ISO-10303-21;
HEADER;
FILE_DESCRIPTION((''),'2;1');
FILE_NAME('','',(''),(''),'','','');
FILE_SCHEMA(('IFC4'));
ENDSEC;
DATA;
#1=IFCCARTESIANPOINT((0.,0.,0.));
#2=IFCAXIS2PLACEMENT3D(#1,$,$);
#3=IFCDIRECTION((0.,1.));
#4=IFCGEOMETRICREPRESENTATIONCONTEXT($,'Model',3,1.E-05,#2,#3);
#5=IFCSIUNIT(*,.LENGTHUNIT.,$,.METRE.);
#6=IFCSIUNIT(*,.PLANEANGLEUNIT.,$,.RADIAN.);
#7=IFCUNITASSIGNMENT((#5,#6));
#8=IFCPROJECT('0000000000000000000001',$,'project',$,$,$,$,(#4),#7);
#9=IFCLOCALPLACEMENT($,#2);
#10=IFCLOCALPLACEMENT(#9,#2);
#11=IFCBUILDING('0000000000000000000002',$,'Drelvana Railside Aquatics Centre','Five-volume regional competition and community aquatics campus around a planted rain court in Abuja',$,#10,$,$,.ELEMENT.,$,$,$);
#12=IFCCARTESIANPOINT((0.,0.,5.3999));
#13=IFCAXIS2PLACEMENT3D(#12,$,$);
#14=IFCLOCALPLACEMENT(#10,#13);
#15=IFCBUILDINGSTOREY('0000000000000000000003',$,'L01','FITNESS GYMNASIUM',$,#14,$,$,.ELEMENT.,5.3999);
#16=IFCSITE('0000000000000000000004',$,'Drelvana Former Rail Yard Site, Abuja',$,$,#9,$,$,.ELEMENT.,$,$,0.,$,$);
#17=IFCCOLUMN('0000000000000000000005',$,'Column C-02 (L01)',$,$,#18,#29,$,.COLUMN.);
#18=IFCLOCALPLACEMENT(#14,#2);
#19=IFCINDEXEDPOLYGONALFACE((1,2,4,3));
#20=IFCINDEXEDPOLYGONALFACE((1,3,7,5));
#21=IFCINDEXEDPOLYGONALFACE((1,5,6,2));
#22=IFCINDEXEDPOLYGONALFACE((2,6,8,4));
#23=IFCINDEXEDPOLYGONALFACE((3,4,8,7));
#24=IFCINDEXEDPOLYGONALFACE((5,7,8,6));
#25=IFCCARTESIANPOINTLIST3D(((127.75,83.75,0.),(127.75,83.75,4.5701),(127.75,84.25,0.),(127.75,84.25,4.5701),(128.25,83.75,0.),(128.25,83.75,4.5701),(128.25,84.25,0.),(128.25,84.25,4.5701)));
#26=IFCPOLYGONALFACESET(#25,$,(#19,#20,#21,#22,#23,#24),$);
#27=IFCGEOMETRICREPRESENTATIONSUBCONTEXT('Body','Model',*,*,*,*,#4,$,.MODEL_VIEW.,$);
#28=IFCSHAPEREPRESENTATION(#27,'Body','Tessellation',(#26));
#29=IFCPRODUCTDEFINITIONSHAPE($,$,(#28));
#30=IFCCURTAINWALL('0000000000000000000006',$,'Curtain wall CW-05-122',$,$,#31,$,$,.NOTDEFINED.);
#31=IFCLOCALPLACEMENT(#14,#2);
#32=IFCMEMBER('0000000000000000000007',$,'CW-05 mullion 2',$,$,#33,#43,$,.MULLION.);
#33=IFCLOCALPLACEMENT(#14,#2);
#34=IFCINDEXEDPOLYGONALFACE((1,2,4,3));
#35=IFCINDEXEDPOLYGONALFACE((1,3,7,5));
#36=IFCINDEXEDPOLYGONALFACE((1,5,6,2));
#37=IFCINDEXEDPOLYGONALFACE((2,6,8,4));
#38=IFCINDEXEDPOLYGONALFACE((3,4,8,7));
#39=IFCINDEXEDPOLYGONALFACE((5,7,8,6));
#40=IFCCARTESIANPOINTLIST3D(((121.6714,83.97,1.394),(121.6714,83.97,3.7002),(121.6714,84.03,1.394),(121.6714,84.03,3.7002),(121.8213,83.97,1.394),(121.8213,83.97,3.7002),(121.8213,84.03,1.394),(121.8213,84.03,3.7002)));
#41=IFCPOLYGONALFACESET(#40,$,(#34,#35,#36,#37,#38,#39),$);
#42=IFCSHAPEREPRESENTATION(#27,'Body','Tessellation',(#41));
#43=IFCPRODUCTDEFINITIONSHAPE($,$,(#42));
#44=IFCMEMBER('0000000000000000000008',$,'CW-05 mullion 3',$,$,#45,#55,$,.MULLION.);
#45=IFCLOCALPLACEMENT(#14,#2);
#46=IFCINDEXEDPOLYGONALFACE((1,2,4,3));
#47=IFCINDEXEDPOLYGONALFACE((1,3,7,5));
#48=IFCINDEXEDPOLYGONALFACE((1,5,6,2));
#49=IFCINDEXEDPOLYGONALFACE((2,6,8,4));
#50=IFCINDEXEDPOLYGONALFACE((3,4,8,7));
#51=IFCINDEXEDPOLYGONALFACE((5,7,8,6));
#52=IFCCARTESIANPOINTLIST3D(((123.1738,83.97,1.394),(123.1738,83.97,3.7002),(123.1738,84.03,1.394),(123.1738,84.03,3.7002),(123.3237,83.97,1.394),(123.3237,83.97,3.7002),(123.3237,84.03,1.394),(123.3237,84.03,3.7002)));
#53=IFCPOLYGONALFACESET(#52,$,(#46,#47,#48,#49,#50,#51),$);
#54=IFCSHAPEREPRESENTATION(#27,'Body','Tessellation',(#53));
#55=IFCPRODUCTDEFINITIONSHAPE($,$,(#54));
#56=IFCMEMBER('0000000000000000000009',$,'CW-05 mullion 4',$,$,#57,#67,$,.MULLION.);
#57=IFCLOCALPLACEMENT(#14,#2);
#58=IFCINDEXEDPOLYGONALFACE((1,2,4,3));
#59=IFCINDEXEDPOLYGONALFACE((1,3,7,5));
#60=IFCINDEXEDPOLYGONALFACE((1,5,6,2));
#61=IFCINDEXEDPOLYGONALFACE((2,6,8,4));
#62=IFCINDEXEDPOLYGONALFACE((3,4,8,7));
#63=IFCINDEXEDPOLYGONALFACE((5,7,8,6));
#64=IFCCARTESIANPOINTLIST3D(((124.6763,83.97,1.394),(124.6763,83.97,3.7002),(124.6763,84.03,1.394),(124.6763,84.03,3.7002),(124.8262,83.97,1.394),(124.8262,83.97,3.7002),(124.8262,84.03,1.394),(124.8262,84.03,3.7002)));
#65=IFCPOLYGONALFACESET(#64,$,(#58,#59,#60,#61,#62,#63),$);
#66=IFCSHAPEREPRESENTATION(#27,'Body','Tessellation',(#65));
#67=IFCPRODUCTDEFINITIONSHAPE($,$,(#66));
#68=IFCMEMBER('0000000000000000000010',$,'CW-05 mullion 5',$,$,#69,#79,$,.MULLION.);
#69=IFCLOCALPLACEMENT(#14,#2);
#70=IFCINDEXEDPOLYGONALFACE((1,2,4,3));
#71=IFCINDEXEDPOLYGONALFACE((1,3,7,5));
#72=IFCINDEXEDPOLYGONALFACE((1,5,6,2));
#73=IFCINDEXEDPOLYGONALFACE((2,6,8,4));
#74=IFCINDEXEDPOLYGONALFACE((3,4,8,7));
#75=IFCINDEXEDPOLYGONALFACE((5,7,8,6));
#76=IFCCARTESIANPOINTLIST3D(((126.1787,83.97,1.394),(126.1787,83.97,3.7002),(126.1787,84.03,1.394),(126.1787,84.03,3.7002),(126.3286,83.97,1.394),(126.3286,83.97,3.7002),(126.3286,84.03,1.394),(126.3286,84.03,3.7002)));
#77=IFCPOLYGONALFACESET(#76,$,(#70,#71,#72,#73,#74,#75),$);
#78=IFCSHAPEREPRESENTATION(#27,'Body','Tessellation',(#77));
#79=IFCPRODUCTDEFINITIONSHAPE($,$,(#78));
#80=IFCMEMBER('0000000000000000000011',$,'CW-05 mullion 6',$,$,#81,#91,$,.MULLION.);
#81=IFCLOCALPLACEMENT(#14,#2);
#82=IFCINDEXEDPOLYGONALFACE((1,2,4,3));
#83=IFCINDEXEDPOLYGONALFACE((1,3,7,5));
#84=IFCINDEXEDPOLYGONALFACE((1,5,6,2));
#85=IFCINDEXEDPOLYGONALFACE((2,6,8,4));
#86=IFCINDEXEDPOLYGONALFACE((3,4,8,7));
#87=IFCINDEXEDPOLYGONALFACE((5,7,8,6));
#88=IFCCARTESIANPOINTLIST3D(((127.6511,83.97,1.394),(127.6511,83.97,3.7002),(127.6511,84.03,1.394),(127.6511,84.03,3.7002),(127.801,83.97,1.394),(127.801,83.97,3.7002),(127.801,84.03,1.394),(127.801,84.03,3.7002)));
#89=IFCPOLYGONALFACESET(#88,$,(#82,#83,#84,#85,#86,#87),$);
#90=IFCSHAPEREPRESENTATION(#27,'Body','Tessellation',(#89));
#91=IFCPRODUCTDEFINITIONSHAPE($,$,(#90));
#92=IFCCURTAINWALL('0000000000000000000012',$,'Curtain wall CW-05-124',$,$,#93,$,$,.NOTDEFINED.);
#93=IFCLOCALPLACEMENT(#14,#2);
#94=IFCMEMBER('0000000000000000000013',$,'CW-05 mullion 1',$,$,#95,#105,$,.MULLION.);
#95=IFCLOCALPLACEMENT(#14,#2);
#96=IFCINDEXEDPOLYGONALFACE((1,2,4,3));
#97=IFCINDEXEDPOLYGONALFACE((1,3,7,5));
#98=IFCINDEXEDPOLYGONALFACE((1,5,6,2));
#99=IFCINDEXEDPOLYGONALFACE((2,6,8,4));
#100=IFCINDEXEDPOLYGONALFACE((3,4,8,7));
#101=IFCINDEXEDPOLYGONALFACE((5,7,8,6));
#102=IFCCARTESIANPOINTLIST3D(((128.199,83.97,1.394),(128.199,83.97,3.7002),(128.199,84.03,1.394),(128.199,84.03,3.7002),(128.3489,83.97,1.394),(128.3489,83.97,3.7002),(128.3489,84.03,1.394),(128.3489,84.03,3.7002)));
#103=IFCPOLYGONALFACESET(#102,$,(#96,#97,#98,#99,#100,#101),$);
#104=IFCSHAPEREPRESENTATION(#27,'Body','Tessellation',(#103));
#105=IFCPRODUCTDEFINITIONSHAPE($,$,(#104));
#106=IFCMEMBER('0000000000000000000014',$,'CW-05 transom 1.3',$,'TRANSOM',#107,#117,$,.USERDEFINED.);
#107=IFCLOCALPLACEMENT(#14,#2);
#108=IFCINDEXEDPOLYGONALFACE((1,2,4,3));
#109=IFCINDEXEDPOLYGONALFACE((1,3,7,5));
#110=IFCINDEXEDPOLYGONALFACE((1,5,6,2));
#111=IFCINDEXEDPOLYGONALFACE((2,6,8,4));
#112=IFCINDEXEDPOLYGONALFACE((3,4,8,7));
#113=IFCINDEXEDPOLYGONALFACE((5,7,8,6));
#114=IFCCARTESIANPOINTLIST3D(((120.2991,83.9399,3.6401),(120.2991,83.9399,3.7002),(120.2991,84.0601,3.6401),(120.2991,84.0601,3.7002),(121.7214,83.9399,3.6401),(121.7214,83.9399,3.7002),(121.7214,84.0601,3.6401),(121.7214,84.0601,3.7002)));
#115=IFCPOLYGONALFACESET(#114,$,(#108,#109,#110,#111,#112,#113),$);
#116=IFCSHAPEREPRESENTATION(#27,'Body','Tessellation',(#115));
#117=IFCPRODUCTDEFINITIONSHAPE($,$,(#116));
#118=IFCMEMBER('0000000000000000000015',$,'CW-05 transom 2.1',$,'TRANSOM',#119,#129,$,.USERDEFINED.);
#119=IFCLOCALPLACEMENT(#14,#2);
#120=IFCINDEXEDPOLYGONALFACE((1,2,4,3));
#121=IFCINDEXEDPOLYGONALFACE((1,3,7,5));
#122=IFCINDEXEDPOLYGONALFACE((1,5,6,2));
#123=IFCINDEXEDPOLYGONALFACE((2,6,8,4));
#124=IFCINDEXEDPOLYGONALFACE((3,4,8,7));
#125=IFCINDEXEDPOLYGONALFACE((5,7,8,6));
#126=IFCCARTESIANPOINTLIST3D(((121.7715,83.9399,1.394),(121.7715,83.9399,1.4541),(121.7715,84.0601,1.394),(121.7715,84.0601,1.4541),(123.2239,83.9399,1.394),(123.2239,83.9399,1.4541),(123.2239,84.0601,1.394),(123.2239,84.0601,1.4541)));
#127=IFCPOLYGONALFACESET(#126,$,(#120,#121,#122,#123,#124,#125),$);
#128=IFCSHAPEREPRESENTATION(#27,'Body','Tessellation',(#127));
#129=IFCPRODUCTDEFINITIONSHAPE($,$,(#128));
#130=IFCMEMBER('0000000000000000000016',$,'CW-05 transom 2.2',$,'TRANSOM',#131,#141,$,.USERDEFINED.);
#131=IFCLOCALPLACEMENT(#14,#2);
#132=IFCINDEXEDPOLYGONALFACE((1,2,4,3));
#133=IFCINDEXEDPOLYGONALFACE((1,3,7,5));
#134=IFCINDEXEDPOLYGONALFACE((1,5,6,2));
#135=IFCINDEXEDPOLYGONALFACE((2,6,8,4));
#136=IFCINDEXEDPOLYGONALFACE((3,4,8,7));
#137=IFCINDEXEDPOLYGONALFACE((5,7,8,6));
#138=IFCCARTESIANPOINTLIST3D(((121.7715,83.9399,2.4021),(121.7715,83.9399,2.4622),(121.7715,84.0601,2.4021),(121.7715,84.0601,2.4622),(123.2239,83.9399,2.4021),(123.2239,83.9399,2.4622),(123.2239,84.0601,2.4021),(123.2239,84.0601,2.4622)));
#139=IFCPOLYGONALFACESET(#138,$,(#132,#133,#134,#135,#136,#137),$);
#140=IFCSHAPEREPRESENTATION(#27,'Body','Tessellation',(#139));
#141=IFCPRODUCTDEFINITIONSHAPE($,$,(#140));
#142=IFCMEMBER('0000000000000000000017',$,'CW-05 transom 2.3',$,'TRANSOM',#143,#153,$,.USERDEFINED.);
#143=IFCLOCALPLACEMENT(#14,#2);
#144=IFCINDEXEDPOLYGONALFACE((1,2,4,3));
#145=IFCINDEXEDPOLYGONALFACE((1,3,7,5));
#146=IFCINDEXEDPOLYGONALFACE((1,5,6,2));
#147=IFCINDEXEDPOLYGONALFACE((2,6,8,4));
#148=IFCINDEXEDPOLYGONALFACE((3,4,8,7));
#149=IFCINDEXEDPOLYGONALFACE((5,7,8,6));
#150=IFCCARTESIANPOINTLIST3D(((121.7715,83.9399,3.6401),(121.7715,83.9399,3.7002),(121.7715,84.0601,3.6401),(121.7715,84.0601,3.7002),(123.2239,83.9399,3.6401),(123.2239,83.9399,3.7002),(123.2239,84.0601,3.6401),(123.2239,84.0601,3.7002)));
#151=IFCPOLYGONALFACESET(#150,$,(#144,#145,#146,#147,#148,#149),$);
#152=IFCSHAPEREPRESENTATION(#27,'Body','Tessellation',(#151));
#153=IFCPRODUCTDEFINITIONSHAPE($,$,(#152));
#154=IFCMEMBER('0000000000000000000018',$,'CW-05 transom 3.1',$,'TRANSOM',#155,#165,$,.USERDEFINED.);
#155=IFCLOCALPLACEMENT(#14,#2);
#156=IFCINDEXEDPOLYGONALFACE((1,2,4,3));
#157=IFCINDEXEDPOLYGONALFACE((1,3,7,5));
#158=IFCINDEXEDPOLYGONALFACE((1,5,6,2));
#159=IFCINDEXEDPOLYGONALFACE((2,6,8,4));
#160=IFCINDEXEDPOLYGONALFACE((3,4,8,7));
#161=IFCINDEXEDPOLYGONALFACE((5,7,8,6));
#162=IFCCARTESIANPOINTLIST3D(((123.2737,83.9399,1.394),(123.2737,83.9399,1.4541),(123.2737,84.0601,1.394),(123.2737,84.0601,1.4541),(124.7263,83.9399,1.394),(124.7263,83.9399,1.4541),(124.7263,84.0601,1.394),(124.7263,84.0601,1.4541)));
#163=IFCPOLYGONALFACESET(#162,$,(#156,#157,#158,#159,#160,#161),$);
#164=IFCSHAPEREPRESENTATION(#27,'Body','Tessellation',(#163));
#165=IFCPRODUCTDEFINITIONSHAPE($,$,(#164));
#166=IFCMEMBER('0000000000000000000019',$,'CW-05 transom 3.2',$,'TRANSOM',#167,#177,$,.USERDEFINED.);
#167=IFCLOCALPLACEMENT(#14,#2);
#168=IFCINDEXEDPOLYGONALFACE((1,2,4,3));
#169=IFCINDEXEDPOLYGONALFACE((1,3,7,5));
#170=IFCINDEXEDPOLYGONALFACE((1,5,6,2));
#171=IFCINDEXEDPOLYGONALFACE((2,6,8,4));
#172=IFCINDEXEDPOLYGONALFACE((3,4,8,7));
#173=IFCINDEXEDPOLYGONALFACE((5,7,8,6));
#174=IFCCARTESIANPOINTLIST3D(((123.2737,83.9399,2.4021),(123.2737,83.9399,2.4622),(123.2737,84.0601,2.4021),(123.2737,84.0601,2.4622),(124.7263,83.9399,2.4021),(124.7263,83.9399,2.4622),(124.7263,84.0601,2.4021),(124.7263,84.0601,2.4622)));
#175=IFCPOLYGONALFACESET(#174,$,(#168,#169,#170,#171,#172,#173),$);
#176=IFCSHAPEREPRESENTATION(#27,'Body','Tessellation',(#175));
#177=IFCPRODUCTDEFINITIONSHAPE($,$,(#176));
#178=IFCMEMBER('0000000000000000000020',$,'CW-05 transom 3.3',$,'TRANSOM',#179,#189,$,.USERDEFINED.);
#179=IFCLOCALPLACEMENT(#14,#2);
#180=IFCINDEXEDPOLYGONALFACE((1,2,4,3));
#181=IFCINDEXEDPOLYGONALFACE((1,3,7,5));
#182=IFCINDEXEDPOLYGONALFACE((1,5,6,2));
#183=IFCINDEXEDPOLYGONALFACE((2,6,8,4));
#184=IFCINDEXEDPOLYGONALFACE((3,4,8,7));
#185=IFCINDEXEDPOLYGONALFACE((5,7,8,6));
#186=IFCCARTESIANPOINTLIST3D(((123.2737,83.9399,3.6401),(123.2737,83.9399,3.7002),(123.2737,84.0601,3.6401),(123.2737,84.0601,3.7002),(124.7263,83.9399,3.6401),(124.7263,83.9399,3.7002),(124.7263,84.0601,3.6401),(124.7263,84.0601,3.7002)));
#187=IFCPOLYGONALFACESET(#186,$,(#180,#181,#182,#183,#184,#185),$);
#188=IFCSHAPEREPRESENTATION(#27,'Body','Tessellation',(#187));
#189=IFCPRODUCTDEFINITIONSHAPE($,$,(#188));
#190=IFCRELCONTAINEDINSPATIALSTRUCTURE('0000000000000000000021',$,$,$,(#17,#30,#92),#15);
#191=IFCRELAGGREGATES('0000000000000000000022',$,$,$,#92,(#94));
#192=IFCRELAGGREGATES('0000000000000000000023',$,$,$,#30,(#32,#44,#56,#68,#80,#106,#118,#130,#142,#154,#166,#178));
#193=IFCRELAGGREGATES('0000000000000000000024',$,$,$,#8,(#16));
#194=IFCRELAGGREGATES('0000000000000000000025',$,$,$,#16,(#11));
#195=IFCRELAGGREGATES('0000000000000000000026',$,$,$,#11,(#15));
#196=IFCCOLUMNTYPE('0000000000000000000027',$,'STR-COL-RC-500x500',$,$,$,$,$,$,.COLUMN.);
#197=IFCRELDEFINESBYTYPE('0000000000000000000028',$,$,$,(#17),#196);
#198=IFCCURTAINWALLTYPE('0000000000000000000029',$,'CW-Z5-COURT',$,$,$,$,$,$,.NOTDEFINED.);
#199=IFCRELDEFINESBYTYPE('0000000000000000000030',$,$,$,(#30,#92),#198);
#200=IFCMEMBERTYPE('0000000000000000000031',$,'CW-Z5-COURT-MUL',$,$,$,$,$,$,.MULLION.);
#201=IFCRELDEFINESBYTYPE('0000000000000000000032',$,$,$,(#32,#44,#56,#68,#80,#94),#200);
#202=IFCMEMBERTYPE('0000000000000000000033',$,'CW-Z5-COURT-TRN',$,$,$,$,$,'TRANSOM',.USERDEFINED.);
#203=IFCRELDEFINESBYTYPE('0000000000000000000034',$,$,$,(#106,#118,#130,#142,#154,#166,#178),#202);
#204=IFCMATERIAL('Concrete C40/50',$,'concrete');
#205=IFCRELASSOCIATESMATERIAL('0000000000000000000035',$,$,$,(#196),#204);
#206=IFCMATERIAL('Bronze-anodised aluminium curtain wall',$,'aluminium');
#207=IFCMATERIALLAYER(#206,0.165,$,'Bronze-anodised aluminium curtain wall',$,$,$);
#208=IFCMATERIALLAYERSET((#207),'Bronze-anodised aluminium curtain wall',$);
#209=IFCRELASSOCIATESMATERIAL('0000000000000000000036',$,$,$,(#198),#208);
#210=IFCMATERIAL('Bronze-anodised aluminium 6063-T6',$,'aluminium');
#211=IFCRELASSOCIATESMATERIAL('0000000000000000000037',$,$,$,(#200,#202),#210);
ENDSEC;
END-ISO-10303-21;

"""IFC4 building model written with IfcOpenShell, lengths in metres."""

from ifc_helpers import new_model, si_unit, direction, frame, origin, origin_2d, place, context, subcontext, project, spatial, rectangle, extrude, material, layer, layer_set, material_profile, profile_set, type_object, element, aggregate, save


model = new_model("IFC4")

# Units and contexts
model_context = context("Model", 3, precision=1e-05, world=origin(), true_north=direction((0.0, 1.0)))
body_context = subcontext(model_context, "Body", "Model", "MODEL_VIEW")
ifc_project = project(units=[si_unit("LENGTHUNIT", "METRE"), si_unit("PLANEANGLEUNIT", "RADIAN")], contexts=[model_context])

# Site, building, storey
site_placement = place(None, origin())
site = spatial("IfcSite", under=ifc_project, at=site_placement, Name="Drelvana Former Rail Yard Site, Abuja", CompositionType="ELEMENT", RefElevation=0.0)
building_placement = place(site_placement, origin())
building = spatial("IfcBuilding", under=site, at=building_placement, Name="Drelvana Railside Aquatics Centre", Description="Five-volume regional competition and community aquatics campus around a planted rain court in Abuja", CompositionType="ELEMENT")
storey_placement = place(building_placement, frame((0.0, 0.0, 5.3999)))
storey = spatial("IfcBuildingStorey", under=building, at=storey_placement, Name="L01", Description="FITNESS GYMNASIUM", CompositionType="ELEMENT", Elevation=5.3999)

# Column
ifc_material_1 = material(Name="Concrete C40/50", Category="concrete")
ifc_material_profile_1 = material_profile(ifc_material_1, rectangle(XDim=0.5, YDim=0.5, at=origin_2d()), Name="RC 500x500")
ifc_profile_set_1 = profile_set([ifc_material_profile_1], Name="Concrete C40/50")
column_type = type_object("IfcColumnType", Name="STR-COL-RC-500x500", PredefinedType="COLUMN", material=ifc_profile_set_1)
column_placement = place(storey_placement, frame((128.0, 84.0, 0.0), z_axis=(0.0, 0.0, 1.0), x_axis=(1.0, 0.0, 0.0)))
element("IfcColumn", 1, at=column_placement, inside=storey, type_object=column_type, Name="Column C-02 (L01)", PredefinedType="COLUMN", context=body_context, shape_type="SweptSolid", body=[
    extrude(rectangle(XDim=0.5, YDim=0.5, at=origin_2d()), origin(), (0.0, 0.0, 1.0), 4.5701),
])

# Curtain wall, members
ifc_material_2 = material(Name="Bronze-anodised aluminium curtain wall", Category="aluminium")
ifc_layer_1 = layer(ifc_material_2, 0.165, Name="Bronze-anodised aluminium curtain wall")
ifc_layer_set_1 = layer_set([ifc_layer_1], Name="Bronze-anodised aluminium curtain wall")
curtain_wall_type = type_object("IfcCurtainWallType", Name="CW-Z5-COURT", PredefinedType="NOTDEFINED", material=ifc_layer_set_1)
curtain_wall_1_placement = place(storey_placement, origin())
curtain_wall_1 = element("IfcCurtainWall", 2, at=curtain_wall_1_placement, inside=storey, type_object=curtain_wall_type, Name="Curtain wall CW-05-122", PredefinedType="NOTDEFINED")
ifc_material_3 = material(Name="Bronze-anodised aluminium 6063-T6", Category="aluminium")
ifc_material_profile_2 = material_profile(ifc_material_3, rectangle(XDim=0.0601, YDim=0.1499, at=origin_2d()), Name="ALU-M 60x150")
ifc_profile_set_2 = profile_set([ifc_material_profile_2], Name="Bronze-anodised aluminium 6063-T6")
member_type_1 = type_object("IfcMemberType", Name="CW-Z5-COURT-MUL", PredefinedType="MULLION", material=ifc_profile_set_2)
member_1_placement = place(storey_placement, frame((121.7463, 84.0, 1.394), z_axis=(0.0, 0.0, 1.0), x_axis=(0.0, 1.0, 0.0)))
member_1 = element("IfcMember", 3, at=member_1_placement, type_object=member_type_1, Name="CW-05 mullion 2", PredefinedType="MULLION", context=body_context, shape_type="SweptSolid", body=[
    extrude(rectangle(XDim=0.0601, YDim=0.1499, at=origin_2d()), origin(), (0.0, 0.0, 1.0), 2.3062),
])
member_2_placement = place(storey_placement, frame((123.2488, 84.0, 1.394), z_axis=(0.0, 0.0, 1.0), x_axis=(0.0, 1.0, 0.0)))
member_2 = element("IfcMember", 4, at=member_2_placement, type_object=member_type_1, Name="CW-05 mullion 3", PredefinedType="MULLION", context=body_context, shape_type="SweptSolid", body=[
    extrude(rectangle(XDim=0.0601, YDim=0.1499, at=origin_2d()), origin(), (0.0, 0.0, 1.0), 2.3062),
])
member_3_placement = place(storey_placement, frame((124.7512, 84.0, 1.394), z_axis=(0.0, 0.0, 1.0), x_axis=(0.0, 1.0, 0.0)))
member_3 = element("IfcMember", 5, at=member_3_placement, type_object=member_type_1, Name="CW-05 mullion 4", PredefinedType="MULLION", context=body_context, shape_type="SweptSolid", body=[
    extrude(rectangle(XDim=0.0601, YDim=0.1499, at=origin_2d()), origin(), (0.0, 0.0, 1.0), 2.3062),
])
member_4_placement = place(storey_placement, frame((126.2537, 84.0, 1.394), z_axis=(0.0, 0.0, 1.0), x_axis=(0.0, 1.0, 0.0)))
member_4 = element("IfcMember", 6, at=member_4_placement, type_object=member_type_1, Name="CW-05 mullion 5", PredefinedType="MULLION", context=body_context, shape_type="SweptSolid", body=[
    extrude(rectangle(XDim=0.0601, YDim=0.1499, at=origin_2d()), origin(), (0.0, 0.0, 1.0), 2.3062),
])
member_5_placement = place(storey_placement, frame((127.7261, 84.0, 1.394), z_axis=(0.0, 0.0, 1.0), x_axis=(0.0, 1.0, 0.0)))
member_5 = element("IfcMember", 7, at=member_5_placement, type_object=member_type_1, Name="CW-05 mullion 6", PredefinedType="MULLION", context=body_context, shape_type="SweptSolid", body=[
    extrude(rectangle(XDim=0.0601, YDim=0.1499, at=origin_2d()), origin(), (0.0, 0.0, 1.0), 2.3062),
])

# Curtain wall, member
curtain_wall_2_placement = place(storey_placement, origin())
curtain_wall_2 = element("IfcCurtainWall", 8, at=curtain_wall_2_placement, inside=storey, type_object=curtain_wall_type, Name="Curtain wall CW-05-124", PredefinedType="NOTDEFINED")
member_6_placement = place(storey_placement, frame((128.2739, 84.0, 1.394), z_axis=(0.0, 0.0, 1.0), x_axis=(0.0, 1.0, 0.0)))
member_6 = element("IfcMember", 9, at=member_6_placement, type_object=member_type_1, Name="CW-05 mullion 1", PredefinedType="MULLION", context=body_context, shape_type="SweptSolid", body=[
    extrude(rectangle(XDim=0.0601, YDim=0.1499, at=origin_2d()), origin(), (0.0, 0.0, 1.0), 2.3062),
])

# Members
ifc_material_profile_3 = material_profile(ifc_material_3, rectangle(XDim=0.1201, YDim=0.0601, at=origin_2d()), Name="ALU-T 60x120")
ifc_profile_set_3 = profile_set([ifc_material_profile_3], Name="Bronze-anodised aluminium 6063-T6")
member_type_2 = type_object("IfcMemberType", Name="CW-Z5-COURT-TRN", ElementType="TRANSOM", PredefinedType="USERDEFINED", material=ifc_profile_set_3)
member_7_placement = place(storey_placement, frame((120.2991, 84.0, 3.6702), z_axis=(1.0, 0.0, 0.0), x_axis=(0.0, 1.0, 0.0)))
member_7 = element("IfcMember", 10, at=member_7_placement, type_object=member_type_2, Name="CW-05 transom 1.3", ObjectType="TRANSOM", PredefinedType="USERDEFINED", context=body_context, shape_type="SweptSolid", body=[
    extrude(rectangle(XDim=0.1201, YDim=0.0601, at=origin_2d()), origin(), (0.0, 0.0, 1.0), 1.4224),
])
member_8_placement = place(storey_placement, frame((121.7715, 84.0, 1.4241), z_axis=(1.0, 0.0, 0.0), x_axis=(0.0, 1.0, 0.0)))
member_8 = element("IfcMember", 11, at=member_8_placement, type_object=member_type_2, Name="CW-05 transom 2.1", ObjectType="TRANSOM", PredefinedType="USERDEFINED", context=body_context, shape_type="SweptSolid", body=[
    extrude(rectangle(XDim=0.1201, YDim=0.0601, at=origin_2d()), origin(), (0.0, 0.0, 1.0), 1.4524),
])
member_9_placement = place(storey_placement, frame((121.7715, 84.0, 2.4321), z_axis=(1.0, 0.0, 0.0), x_axis=(0.0, 1.0, 0.0)))
member_9 = element("IfcMember", 12, at=member_9_placement, type_object=member_type_2, Name="CW-05 transom 2.2", ObjectType="TRANSOM", PredefinedType="USERDEFINED", context=body_context, shape_type="SweptSolid", body=[
    extrude(rectangle(XDim=0.1201, YDim=0.0601, at=origin_2d()), origin(), (0.0, 0.0, 1.0), 1.4524),
])
member_10_placement = place(storey_placement, frame((121.7715, 84.0, 3.6702), z_axis=(1.0, 0.0, 0.0), x_axis=(0.0, 1.0, 0.0)))
member_10 = element("IfcMember", 13, at=member_10_placement, type_object=member_type_2, Name="CW-05 transom 2.3", ObjectType="TRANSOM", PredefinedType="USERDEFINED", context=body_context, shape_type="SweptSolid", body=[
    extrude(rectangle(XDim=0.1201, YDim=0.0601, at=origin_2d()), origin(), (0.0, 0.0, 1.0), 1.4524),
])
member_11_placement = place(storey_placement, frame((123.2737, 84.0, 1.4241), z_axis=(1.0, 0.0, 0.0), x_axis=(0.0, 1.0, 0.0)))
member_11 = element("IfcMember", 14, at=member_11_placement, type_object=member_type_2, Name="CW-05 transom 3.1", ObjectType="TRANSOM", PredefinedType="USERDEFINED", context=body_context, shape_type="SweptSolid", body=[
    extrude(rectangle(XDim=0.1201, YDim=0.0601, at=origin_2d()), origin(), (0.0, 0.0, 1.0), 1.4526),
])
member_12_placement = place(storey_placement, frame((123.2737, 84.0, 2.4321), z_axis=(1.0, 0.0, 0.0), x_axis=(0.0, 1.0, 0.0)))
member_12 = element("IfcMember", 15, at=member_12_placement, type_object=member_type_2, Name="CW-05 transom 3.2", ObjectType="TRANSOM", PredefinedType="USERDEFINED", context=body_context, shape_type="SweptSolid", body=[
    extrude(rectangle(XDim=0.1201, YDim=0.0601, at=origin_2d()), origin(), (0.0, 0.0, 1.0), 1.4526),
])
member_13_placement = place(storey_placement, frame((123.2737, 84.0, 3.6702), z_axis=(1.0, 0.0, 0.0), x_axis=(0.0, 1.0, 0.0)))
member_13 = element("IfcMember", 16, at=member_13_placement, type_object=member_type_2, Name="CW-05 transom 3.3", ObjectType="TRANSOM", PredefinedType="USERDEFINED", context=body_context, shape_type="SweptSolid", body=[
    extrude(rectangle(XDim=0.1201, YDim=0.0601, at=origin_2d()), origin(), (0.0, 0.0, 1.0), 1.4526),
])
aggregate(curtain_wall_2, [member_6])

aggregate(curtain_wall_1, [member_1, member_2, member_3, member_4, member_5, member_7, member_8, member_9, member_10, member_11, member_12, member_13])

save(model, "model.ifc")
